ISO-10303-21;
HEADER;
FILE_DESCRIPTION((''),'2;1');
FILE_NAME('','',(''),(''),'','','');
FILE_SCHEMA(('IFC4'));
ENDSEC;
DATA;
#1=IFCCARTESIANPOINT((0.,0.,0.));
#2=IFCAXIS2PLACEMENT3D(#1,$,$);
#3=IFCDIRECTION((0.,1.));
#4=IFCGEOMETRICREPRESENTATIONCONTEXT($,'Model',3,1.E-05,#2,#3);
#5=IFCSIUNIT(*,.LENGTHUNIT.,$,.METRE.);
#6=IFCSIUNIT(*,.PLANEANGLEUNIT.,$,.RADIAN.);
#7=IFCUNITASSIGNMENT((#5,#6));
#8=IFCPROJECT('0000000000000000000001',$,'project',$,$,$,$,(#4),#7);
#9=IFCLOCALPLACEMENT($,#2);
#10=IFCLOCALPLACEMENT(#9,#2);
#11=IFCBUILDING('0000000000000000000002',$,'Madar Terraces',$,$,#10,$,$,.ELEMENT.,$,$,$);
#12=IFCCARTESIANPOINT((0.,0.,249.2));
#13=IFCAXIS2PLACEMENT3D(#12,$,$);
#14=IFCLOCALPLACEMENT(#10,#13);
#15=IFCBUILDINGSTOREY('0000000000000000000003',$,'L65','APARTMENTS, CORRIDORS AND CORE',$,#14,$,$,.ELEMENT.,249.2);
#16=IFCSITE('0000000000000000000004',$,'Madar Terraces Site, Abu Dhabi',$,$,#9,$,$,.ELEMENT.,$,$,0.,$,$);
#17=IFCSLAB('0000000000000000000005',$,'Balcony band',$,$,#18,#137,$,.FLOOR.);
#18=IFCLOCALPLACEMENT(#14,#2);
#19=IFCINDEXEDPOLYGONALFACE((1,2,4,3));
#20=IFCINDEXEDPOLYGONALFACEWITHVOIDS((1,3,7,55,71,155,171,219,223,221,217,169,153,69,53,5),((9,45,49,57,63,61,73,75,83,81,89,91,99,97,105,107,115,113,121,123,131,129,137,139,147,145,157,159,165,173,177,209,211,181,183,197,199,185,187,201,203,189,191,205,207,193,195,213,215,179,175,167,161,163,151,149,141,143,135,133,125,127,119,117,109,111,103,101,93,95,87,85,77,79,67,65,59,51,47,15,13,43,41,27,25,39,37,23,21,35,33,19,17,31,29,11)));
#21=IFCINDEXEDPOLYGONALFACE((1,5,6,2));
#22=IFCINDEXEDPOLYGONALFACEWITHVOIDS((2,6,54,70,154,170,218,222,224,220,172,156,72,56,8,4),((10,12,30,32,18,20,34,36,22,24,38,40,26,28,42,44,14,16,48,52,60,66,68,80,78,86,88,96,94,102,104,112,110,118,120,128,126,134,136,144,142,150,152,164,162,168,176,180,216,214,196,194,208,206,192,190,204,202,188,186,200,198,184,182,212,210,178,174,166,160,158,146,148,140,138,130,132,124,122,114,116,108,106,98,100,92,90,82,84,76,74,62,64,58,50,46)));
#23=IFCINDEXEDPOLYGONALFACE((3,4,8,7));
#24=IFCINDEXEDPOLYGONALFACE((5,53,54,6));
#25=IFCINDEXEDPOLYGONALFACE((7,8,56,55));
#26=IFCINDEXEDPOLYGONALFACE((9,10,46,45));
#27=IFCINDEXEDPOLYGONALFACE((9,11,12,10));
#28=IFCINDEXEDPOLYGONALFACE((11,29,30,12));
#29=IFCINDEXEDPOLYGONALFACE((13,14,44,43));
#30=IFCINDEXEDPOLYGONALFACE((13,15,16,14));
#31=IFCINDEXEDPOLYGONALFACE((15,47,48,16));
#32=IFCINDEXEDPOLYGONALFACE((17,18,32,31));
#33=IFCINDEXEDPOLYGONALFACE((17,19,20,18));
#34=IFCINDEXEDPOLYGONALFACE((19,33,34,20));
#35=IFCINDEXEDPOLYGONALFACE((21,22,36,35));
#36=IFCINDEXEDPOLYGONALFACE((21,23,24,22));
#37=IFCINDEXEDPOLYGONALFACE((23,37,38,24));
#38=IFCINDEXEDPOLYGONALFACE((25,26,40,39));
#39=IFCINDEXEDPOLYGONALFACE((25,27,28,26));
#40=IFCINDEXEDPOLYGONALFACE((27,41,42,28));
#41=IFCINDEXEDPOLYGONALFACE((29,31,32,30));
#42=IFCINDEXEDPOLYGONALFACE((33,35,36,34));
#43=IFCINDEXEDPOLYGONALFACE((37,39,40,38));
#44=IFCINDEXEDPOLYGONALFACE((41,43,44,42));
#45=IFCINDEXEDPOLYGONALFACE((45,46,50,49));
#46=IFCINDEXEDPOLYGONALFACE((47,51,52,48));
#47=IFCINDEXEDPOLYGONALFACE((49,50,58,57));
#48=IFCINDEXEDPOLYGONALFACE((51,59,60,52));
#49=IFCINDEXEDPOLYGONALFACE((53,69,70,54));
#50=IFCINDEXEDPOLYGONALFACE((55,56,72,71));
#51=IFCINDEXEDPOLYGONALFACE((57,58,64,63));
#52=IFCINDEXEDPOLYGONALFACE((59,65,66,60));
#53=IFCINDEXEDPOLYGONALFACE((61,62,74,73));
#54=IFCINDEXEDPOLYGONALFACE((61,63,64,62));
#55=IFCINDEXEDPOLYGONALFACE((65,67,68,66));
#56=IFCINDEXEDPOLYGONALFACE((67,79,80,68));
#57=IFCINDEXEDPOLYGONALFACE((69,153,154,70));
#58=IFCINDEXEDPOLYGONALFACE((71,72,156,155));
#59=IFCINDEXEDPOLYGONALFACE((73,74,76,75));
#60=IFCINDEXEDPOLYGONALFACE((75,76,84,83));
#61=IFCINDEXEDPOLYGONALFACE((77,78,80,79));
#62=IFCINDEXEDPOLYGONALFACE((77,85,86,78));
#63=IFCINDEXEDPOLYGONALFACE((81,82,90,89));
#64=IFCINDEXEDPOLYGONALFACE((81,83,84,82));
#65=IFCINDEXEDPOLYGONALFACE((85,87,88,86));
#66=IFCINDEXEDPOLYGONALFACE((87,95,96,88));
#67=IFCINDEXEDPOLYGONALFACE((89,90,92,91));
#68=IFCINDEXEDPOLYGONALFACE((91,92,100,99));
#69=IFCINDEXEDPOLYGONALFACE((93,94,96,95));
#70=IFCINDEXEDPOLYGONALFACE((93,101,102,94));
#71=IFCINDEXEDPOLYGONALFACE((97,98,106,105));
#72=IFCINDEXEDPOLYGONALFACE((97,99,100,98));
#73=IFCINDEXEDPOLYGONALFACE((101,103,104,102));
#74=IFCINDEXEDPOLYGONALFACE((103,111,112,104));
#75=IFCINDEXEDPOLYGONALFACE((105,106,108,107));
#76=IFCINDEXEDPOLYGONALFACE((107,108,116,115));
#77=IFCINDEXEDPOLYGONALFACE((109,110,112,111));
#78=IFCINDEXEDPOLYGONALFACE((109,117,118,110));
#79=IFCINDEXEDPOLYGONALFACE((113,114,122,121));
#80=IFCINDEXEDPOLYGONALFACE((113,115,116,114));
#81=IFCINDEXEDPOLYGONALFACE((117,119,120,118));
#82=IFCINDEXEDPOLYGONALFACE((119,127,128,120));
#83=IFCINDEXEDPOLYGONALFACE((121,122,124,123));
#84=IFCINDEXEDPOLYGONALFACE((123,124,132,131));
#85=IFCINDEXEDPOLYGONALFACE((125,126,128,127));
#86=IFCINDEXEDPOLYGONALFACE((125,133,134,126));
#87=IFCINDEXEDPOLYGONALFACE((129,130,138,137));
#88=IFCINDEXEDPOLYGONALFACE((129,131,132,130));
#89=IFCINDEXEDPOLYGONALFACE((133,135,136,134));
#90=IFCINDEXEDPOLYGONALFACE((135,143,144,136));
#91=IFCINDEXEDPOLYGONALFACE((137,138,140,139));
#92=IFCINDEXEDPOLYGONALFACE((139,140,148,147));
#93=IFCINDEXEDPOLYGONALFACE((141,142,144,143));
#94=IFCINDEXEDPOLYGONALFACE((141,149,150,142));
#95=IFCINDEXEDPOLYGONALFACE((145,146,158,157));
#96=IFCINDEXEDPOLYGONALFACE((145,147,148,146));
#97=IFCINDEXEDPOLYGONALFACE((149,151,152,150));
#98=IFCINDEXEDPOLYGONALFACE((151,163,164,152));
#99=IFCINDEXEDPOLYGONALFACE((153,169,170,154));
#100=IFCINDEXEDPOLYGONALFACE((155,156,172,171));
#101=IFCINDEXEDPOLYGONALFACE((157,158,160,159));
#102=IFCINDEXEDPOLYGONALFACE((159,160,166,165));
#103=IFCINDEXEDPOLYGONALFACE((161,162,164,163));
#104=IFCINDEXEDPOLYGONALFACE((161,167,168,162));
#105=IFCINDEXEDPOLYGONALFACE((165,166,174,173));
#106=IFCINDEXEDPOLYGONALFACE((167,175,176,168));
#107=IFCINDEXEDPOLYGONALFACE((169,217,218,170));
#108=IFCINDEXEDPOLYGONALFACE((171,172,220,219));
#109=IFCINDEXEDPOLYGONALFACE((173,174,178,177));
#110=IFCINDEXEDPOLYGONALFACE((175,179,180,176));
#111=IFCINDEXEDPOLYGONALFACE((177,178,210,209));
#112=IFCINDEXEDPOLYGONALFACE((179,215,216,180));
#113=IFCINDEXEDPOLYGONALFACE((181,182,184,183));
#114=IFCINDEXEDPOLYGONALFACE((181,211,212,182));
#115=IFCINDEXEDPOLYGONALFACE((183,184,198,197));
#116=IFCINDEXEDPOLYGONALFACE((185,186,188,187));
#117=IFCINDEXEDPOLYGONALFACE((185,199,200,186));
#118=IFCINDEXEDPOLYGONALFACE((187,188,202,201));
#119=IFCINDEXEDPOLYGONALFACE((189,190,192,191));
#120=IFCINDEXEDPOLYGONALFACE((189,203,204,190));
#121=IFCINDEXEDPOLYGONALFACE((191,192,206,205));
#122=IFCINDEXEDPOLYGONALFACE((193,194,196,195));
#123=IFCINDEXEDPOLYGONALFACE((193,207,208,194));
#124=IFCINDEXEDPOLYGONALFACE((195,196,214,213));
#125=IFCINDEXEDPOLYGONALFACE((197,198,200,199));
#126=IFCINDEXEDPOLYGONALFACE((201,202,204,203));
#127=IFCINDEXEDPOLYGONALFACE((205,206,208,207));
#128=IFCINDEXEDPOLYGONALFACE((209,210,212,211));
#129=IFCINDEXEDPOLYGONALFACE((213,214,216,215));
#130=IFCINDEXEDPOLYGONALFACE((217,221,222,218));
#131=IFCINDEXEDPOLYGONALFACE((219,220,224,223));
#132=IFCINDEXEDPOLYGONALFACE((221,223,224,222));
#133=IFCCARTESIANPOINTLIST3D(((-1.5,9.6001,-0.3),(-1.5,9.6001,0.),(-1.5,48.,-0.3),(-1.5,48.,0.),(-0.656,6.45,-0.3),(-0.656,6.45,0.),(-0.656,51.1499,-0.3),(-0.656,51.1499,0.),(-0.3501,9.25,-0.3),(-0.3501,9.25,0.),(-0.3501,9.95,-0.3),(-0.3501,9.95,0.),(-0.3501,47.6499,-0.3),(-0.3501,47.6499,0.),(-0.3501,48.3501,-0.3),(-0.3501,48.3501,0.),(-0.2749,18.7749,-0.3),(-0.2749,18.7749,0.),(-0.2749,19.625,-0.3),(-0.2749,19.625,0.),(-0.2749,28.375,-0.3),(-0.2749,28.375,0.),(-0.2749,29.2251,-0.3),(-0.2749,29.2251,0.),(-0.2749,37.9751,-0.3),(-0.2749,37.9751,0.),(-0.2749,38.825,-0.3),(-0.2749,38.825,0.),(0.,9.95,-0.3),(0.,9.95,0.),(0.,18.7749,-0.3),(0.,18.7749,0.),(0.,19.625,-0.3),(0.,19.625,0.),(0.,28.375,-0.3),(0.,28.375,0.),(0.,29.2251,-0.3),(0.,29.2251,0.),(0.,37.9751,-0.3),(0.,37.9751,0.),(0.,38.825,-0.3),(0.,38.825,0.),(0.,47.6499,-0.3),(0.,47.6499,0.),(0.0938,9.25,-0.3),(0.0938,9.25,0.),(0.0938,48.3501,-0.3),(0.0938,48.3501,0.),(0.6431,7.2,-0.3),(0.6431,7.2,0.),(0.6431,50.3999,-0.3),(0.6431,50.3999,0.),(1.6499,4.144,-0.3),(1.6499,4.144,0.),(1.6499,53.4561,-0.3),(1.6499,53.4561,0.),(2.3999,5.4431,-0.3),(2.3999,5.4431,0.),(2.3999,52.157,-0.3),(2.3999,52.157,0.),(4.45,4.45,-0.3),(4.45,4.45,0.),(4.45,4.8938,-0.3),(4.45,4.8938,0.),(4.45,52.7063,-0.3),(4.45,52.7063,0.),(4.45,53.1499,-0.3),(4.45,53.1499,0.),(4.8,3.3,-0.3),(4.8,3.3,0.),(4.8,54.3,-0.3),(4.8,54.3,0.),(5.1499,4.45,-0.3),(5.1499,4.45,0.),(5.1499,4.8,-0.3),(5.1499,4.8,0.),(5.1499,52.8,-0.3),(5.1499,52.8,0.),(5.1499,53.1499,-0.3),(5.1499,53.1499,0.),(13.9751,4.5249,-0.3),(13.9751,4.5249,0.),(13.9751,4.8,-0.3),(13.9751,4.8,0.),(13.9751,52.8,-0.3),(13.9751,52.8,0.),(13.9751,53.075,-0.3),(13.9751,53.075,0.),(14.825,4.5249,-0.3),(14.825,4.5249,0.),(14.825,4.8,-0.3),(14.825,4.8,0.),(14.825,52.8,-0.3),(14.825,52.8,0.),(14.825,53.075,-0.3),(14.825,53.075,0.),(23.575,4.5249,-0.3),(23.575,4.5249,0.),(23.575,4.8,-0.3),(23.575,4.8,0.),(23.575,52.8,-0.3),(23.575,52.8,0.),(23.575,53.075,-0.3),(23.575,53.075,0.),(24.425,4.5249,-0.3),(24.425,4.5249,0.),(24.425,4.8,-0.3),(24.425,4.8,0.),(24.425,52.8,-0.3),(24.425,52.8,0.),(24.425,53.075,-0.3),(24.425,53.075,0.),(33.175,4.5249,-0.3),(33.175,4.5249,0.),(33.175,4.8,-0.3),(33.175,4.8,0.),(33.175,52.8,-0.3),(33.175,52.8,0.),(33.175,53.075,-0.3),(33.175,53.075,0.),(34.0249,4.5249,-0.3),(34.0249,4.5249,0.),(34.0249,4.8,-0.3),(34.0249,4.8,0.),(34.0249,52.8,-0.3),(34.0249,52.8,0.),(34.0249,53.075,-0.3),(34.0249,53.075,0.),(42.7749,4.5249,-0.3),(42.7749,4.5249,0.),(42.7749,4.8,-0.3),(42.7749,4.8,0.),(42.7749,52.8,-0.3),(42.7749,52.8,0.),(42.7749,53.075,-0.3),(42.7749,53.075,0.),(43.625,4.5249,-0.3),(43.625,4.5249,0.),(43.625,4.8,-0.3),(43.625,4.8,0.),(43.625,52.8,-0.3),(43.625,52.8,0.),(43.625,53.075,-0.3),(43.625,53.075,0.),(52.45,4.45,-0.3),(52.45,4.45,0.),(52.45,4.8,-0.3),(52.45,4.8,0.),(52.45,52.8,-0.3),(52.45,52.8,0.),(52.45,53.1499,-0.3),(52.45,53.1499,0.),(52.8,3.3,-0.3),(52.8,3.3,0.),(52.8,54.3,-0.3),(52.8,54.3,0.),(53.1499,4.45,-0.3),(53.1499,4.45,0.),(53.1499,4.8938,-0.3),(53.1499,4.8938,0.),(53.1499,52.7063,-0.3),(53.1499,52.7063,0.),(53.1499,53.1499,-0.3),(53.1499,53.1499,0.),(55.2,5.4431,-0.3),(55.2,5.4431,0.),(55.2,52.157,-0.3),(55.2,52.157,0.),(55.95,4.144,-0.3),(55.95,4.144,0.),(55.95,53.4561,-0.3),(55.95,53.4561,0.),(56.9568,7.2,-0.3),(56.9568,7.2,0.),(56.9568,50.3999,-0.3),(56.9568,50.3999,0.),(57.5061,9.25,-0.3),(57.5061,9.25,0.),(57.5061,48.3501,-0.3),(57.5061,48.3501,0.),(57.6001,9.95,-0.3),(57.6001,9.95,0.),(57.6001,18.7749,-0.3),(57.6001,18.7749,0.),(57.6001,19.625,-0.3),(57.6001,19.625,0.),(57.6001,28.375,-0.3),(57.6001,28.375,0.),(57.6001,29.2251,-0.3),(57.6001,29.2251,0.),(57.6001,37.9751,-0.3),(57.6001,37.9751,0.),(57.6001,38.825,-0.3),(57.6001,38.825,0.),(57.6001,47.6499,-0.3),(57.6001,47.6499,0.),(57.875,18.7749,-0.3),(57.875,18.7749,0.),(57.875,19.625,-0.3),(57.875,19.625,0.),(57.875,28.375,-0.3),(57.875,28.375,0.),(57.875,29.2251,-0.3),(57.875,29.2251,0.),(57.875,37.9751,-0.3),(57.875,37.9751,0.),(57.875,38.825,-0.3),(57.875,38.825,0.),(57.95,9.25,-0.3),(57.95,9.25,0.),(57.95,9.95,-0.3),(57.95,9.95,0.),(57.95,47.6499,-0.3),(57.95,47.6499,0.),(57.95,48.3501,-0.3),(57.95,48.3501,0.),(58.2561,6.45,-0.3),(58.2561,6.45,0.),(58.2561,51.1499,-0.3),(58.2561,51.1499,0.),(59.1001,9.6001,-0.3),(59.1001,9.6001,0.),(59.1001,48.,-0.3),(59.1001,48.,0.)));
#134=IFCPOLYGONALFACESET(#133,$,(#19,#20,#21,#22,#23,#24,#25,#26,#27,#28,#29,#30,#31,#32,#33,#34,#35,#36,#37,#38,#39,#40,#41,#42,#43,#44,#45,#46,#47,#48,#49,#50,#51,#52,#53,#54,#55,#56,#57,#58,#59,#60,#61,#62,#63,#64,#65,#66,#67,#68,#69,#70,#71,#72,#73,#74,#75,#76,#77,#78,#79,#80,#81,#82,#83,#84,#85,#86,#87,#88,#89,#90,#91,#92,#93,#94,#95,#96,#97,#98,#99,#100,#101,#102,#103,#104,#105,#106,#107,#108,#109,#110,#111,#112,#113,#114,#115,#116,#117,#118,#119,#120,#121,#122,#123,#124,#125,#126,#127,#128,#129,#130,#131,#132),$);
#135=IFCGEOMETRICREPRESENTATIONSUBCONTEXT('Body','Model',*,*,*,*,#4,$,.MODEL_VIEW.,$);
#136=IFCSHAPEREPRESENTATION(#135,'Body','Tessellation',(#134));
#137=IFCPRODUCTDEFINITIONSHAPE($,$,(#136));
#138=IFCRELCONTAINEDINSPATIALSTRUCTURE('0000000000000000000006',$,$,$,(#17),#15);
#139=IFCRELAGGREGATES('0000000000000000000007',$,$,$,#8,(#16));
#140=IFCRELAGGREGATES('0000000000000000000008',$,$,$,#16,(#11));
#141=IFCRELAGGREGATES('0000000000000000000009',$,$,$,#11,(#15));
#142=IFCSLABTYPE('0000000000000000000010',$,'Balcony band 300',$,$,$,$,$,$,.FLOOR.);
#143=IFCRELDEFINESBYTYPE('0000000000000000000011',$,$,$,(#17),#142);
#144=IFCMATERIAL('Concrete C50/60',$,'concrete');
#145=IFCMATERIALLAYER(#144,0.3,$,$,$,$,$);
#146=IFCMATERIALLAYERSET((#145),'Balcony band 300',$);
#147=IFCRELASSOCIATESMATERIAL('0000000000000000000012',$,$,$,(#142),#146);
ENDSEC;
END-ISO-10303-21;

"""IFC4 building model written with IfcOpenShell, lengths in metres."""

from ifc_helpers import new_model, si_unit, direction, frame, origin, place, context, subcontext, project, spatial, polyline, outline, extrude, material, layer, layer_set, type_object, element, save


model = new_model("IFC4")

# Units and contexts
model_context = context("Model", 3, precision=1e-05, world=origin(), true_north=direction((0.0, 1.0)))
body_context = subcontext(model_context, "Body", "Model", "MODEL_VIEW")
ifc_project = project(units=[si_unit("LENGTHUNIT", "METRE"), si_unit("PLANEANGLEUNIT", "RADIAN")], contexts=[model_context])

# Site, building, storey
site_placement = place(None, origin())
site = spatial("IfcSite", under=ifc_project, at=site_placement, Name="Madar Terraces Site, Abu Dhabi", CompositionType="ELEMENT", RefElevation=0.0)
building_placement = place(site_placement, origin())
building = spatial("IfcBuilding", under=site, at=building_placement, Name="Madar Terraces", CompositionType="ELEMENT")
storey_placement = place(building_placement, frame((0.0, 0.0, 249.2)))
storey = spatial("IfcBuildingStorey", under=building, at=storey_placement, Name="L65", Description="APARTMENTS, CORRIDORS AND CORE", CompositionType="ELEMENT", Elevation=249.2)

# Slab
ifc_material_1 = material(Name="Concrete C50/60", Category="concrete")
ifc_layer_1 = layer(ifc_material_1, 0.3)
ifc_layer_set_1 = layer_set([ifc_layer_1], Name="Balcony band 300")
slab_type_1 = type_object("IfcSlabType", Name="Balcony band 300", PredefinedType="FLOOR", material=ifc_layer_set_1)
slab_1_placement = place(storey_placement, frame((0.0, 0.0, -0.3)))
element("IfcSlab", 1, at=slab_1_placement, inside=storey, type_object=slab_type_1, Name="Balcony band", PredefinedType="FLOOR", context=body_context, shape_type="SweptSolid", body=[
    extrude(outline(polyline([(4.8, 3.3), (1.6499, 4.144), (-0.656, 6.45), (-1.5, 9.6001), (-1.5, 48.0), (-0.656, 51.1499), (1.6499, 53.4561), (4.8, 54.3), (52.8, 54.3), (55.95, 53.4561), (58.2561, 51.1499), (59.1001, 48.0), (59.1001, 9.6001), (58.2561, 6.45), (55.95, 4.144), (52.8, 3.3), (4.8, 3.3)]), holes=[polyline([(5.1499, 4.45), (5.1499, 4.8), (13.9751, 4.8), (13.9751, 4.5249), (14.825, 4.5249), (14.825, 4.8), (23.575, 4.8), (23.575, 4.5249), (24.425, 4.5249), (24.425, 4.8), (33.175, 4.8), (33.175, 4.5249), (34.0249, 4.5249), (34.0249, 4.8), (42.7749, 4.8), (42.7749, 4.5249), (43.625, 4.5249), (43.625, 4.8), (52.45, 4.8), (52.45, 4.45), (53.1499, 4.45), (53.1499, 4.8938), (55.2, 5.4431), (56.9568, 7.2), (57.5061, 9.25), (57.95, 9.25), (57.95, 9.95), (57.6001, 9.95), (57.6001, 18.7749), (57.875, 18.7749), (57.875, 19.625), (57.6001, 19.625), (57.6001, 28.375), (57.875, 28.375), (57.875, 29.2251), (57.6001, 29.2251), (57.6001, 37.9751), (57.875, 37.9751), (57.875, 38.825), (57.6001, 38.825), (57.6001, 47.6499), (57.95, 47.6499), (57.95, 48.3501), (57.5061, 48.3501), (56.9568, 50.3999), (55.2, 52.157), (53.1499, 52.7063), (53.1499, 53.1499), (52.45, 53.1499), (52.45, 52.8), (43.625, 52.8), (43.625, 53.075), (42.7749, 53.075), (42.7749, 52.8), (34.0249, 52.8), (34.0249, 53.075), (33.175, 53.075), (33.175, 52.8), (24.425, 52.8), (24.425, 53.075), (23.575, 53.075), (23.575, 52.8), (14.825, 52.8), (14.825, 53.075), (13.9751, 53.075), (13.9751, 52.8), (5.1499, 52.8), (5.1499, 53.1499), (4.45, 53.1499), (4.45, 52.7063), (2.3999, 52.157), (0.6431, 50.3999), (0.0938, 48.3501), (-0.3501, 48.3501), (-0.3501, 47.6499), (0.0, 47.6499), (0.0, 38.825), (-0.2749, 38.825), (-0.2749, 37.9751), (0.0, 37.9751), (0.0, 29.2251), (-0.2749, 29.2251), (-0.2749, 28.375), (0.0, 28.375), (0.0, 19.625), (-0.2749, 19.625), (-0.2749, 18.7749), (0.0, 18.7749), (0.0, 9.95), (-0.3501, 9.95), (-0.3501, 9.25), (0.0938, 9.25), (0.6431, 7.2), (2.3999, 5.4431), (4.45, 4.8938), (4.45, 4.45), (5.1499, 4.45)])]), origin(), (0.0, 0.0, 1.0), 0.3),
])

save(model, "model.ifc")
